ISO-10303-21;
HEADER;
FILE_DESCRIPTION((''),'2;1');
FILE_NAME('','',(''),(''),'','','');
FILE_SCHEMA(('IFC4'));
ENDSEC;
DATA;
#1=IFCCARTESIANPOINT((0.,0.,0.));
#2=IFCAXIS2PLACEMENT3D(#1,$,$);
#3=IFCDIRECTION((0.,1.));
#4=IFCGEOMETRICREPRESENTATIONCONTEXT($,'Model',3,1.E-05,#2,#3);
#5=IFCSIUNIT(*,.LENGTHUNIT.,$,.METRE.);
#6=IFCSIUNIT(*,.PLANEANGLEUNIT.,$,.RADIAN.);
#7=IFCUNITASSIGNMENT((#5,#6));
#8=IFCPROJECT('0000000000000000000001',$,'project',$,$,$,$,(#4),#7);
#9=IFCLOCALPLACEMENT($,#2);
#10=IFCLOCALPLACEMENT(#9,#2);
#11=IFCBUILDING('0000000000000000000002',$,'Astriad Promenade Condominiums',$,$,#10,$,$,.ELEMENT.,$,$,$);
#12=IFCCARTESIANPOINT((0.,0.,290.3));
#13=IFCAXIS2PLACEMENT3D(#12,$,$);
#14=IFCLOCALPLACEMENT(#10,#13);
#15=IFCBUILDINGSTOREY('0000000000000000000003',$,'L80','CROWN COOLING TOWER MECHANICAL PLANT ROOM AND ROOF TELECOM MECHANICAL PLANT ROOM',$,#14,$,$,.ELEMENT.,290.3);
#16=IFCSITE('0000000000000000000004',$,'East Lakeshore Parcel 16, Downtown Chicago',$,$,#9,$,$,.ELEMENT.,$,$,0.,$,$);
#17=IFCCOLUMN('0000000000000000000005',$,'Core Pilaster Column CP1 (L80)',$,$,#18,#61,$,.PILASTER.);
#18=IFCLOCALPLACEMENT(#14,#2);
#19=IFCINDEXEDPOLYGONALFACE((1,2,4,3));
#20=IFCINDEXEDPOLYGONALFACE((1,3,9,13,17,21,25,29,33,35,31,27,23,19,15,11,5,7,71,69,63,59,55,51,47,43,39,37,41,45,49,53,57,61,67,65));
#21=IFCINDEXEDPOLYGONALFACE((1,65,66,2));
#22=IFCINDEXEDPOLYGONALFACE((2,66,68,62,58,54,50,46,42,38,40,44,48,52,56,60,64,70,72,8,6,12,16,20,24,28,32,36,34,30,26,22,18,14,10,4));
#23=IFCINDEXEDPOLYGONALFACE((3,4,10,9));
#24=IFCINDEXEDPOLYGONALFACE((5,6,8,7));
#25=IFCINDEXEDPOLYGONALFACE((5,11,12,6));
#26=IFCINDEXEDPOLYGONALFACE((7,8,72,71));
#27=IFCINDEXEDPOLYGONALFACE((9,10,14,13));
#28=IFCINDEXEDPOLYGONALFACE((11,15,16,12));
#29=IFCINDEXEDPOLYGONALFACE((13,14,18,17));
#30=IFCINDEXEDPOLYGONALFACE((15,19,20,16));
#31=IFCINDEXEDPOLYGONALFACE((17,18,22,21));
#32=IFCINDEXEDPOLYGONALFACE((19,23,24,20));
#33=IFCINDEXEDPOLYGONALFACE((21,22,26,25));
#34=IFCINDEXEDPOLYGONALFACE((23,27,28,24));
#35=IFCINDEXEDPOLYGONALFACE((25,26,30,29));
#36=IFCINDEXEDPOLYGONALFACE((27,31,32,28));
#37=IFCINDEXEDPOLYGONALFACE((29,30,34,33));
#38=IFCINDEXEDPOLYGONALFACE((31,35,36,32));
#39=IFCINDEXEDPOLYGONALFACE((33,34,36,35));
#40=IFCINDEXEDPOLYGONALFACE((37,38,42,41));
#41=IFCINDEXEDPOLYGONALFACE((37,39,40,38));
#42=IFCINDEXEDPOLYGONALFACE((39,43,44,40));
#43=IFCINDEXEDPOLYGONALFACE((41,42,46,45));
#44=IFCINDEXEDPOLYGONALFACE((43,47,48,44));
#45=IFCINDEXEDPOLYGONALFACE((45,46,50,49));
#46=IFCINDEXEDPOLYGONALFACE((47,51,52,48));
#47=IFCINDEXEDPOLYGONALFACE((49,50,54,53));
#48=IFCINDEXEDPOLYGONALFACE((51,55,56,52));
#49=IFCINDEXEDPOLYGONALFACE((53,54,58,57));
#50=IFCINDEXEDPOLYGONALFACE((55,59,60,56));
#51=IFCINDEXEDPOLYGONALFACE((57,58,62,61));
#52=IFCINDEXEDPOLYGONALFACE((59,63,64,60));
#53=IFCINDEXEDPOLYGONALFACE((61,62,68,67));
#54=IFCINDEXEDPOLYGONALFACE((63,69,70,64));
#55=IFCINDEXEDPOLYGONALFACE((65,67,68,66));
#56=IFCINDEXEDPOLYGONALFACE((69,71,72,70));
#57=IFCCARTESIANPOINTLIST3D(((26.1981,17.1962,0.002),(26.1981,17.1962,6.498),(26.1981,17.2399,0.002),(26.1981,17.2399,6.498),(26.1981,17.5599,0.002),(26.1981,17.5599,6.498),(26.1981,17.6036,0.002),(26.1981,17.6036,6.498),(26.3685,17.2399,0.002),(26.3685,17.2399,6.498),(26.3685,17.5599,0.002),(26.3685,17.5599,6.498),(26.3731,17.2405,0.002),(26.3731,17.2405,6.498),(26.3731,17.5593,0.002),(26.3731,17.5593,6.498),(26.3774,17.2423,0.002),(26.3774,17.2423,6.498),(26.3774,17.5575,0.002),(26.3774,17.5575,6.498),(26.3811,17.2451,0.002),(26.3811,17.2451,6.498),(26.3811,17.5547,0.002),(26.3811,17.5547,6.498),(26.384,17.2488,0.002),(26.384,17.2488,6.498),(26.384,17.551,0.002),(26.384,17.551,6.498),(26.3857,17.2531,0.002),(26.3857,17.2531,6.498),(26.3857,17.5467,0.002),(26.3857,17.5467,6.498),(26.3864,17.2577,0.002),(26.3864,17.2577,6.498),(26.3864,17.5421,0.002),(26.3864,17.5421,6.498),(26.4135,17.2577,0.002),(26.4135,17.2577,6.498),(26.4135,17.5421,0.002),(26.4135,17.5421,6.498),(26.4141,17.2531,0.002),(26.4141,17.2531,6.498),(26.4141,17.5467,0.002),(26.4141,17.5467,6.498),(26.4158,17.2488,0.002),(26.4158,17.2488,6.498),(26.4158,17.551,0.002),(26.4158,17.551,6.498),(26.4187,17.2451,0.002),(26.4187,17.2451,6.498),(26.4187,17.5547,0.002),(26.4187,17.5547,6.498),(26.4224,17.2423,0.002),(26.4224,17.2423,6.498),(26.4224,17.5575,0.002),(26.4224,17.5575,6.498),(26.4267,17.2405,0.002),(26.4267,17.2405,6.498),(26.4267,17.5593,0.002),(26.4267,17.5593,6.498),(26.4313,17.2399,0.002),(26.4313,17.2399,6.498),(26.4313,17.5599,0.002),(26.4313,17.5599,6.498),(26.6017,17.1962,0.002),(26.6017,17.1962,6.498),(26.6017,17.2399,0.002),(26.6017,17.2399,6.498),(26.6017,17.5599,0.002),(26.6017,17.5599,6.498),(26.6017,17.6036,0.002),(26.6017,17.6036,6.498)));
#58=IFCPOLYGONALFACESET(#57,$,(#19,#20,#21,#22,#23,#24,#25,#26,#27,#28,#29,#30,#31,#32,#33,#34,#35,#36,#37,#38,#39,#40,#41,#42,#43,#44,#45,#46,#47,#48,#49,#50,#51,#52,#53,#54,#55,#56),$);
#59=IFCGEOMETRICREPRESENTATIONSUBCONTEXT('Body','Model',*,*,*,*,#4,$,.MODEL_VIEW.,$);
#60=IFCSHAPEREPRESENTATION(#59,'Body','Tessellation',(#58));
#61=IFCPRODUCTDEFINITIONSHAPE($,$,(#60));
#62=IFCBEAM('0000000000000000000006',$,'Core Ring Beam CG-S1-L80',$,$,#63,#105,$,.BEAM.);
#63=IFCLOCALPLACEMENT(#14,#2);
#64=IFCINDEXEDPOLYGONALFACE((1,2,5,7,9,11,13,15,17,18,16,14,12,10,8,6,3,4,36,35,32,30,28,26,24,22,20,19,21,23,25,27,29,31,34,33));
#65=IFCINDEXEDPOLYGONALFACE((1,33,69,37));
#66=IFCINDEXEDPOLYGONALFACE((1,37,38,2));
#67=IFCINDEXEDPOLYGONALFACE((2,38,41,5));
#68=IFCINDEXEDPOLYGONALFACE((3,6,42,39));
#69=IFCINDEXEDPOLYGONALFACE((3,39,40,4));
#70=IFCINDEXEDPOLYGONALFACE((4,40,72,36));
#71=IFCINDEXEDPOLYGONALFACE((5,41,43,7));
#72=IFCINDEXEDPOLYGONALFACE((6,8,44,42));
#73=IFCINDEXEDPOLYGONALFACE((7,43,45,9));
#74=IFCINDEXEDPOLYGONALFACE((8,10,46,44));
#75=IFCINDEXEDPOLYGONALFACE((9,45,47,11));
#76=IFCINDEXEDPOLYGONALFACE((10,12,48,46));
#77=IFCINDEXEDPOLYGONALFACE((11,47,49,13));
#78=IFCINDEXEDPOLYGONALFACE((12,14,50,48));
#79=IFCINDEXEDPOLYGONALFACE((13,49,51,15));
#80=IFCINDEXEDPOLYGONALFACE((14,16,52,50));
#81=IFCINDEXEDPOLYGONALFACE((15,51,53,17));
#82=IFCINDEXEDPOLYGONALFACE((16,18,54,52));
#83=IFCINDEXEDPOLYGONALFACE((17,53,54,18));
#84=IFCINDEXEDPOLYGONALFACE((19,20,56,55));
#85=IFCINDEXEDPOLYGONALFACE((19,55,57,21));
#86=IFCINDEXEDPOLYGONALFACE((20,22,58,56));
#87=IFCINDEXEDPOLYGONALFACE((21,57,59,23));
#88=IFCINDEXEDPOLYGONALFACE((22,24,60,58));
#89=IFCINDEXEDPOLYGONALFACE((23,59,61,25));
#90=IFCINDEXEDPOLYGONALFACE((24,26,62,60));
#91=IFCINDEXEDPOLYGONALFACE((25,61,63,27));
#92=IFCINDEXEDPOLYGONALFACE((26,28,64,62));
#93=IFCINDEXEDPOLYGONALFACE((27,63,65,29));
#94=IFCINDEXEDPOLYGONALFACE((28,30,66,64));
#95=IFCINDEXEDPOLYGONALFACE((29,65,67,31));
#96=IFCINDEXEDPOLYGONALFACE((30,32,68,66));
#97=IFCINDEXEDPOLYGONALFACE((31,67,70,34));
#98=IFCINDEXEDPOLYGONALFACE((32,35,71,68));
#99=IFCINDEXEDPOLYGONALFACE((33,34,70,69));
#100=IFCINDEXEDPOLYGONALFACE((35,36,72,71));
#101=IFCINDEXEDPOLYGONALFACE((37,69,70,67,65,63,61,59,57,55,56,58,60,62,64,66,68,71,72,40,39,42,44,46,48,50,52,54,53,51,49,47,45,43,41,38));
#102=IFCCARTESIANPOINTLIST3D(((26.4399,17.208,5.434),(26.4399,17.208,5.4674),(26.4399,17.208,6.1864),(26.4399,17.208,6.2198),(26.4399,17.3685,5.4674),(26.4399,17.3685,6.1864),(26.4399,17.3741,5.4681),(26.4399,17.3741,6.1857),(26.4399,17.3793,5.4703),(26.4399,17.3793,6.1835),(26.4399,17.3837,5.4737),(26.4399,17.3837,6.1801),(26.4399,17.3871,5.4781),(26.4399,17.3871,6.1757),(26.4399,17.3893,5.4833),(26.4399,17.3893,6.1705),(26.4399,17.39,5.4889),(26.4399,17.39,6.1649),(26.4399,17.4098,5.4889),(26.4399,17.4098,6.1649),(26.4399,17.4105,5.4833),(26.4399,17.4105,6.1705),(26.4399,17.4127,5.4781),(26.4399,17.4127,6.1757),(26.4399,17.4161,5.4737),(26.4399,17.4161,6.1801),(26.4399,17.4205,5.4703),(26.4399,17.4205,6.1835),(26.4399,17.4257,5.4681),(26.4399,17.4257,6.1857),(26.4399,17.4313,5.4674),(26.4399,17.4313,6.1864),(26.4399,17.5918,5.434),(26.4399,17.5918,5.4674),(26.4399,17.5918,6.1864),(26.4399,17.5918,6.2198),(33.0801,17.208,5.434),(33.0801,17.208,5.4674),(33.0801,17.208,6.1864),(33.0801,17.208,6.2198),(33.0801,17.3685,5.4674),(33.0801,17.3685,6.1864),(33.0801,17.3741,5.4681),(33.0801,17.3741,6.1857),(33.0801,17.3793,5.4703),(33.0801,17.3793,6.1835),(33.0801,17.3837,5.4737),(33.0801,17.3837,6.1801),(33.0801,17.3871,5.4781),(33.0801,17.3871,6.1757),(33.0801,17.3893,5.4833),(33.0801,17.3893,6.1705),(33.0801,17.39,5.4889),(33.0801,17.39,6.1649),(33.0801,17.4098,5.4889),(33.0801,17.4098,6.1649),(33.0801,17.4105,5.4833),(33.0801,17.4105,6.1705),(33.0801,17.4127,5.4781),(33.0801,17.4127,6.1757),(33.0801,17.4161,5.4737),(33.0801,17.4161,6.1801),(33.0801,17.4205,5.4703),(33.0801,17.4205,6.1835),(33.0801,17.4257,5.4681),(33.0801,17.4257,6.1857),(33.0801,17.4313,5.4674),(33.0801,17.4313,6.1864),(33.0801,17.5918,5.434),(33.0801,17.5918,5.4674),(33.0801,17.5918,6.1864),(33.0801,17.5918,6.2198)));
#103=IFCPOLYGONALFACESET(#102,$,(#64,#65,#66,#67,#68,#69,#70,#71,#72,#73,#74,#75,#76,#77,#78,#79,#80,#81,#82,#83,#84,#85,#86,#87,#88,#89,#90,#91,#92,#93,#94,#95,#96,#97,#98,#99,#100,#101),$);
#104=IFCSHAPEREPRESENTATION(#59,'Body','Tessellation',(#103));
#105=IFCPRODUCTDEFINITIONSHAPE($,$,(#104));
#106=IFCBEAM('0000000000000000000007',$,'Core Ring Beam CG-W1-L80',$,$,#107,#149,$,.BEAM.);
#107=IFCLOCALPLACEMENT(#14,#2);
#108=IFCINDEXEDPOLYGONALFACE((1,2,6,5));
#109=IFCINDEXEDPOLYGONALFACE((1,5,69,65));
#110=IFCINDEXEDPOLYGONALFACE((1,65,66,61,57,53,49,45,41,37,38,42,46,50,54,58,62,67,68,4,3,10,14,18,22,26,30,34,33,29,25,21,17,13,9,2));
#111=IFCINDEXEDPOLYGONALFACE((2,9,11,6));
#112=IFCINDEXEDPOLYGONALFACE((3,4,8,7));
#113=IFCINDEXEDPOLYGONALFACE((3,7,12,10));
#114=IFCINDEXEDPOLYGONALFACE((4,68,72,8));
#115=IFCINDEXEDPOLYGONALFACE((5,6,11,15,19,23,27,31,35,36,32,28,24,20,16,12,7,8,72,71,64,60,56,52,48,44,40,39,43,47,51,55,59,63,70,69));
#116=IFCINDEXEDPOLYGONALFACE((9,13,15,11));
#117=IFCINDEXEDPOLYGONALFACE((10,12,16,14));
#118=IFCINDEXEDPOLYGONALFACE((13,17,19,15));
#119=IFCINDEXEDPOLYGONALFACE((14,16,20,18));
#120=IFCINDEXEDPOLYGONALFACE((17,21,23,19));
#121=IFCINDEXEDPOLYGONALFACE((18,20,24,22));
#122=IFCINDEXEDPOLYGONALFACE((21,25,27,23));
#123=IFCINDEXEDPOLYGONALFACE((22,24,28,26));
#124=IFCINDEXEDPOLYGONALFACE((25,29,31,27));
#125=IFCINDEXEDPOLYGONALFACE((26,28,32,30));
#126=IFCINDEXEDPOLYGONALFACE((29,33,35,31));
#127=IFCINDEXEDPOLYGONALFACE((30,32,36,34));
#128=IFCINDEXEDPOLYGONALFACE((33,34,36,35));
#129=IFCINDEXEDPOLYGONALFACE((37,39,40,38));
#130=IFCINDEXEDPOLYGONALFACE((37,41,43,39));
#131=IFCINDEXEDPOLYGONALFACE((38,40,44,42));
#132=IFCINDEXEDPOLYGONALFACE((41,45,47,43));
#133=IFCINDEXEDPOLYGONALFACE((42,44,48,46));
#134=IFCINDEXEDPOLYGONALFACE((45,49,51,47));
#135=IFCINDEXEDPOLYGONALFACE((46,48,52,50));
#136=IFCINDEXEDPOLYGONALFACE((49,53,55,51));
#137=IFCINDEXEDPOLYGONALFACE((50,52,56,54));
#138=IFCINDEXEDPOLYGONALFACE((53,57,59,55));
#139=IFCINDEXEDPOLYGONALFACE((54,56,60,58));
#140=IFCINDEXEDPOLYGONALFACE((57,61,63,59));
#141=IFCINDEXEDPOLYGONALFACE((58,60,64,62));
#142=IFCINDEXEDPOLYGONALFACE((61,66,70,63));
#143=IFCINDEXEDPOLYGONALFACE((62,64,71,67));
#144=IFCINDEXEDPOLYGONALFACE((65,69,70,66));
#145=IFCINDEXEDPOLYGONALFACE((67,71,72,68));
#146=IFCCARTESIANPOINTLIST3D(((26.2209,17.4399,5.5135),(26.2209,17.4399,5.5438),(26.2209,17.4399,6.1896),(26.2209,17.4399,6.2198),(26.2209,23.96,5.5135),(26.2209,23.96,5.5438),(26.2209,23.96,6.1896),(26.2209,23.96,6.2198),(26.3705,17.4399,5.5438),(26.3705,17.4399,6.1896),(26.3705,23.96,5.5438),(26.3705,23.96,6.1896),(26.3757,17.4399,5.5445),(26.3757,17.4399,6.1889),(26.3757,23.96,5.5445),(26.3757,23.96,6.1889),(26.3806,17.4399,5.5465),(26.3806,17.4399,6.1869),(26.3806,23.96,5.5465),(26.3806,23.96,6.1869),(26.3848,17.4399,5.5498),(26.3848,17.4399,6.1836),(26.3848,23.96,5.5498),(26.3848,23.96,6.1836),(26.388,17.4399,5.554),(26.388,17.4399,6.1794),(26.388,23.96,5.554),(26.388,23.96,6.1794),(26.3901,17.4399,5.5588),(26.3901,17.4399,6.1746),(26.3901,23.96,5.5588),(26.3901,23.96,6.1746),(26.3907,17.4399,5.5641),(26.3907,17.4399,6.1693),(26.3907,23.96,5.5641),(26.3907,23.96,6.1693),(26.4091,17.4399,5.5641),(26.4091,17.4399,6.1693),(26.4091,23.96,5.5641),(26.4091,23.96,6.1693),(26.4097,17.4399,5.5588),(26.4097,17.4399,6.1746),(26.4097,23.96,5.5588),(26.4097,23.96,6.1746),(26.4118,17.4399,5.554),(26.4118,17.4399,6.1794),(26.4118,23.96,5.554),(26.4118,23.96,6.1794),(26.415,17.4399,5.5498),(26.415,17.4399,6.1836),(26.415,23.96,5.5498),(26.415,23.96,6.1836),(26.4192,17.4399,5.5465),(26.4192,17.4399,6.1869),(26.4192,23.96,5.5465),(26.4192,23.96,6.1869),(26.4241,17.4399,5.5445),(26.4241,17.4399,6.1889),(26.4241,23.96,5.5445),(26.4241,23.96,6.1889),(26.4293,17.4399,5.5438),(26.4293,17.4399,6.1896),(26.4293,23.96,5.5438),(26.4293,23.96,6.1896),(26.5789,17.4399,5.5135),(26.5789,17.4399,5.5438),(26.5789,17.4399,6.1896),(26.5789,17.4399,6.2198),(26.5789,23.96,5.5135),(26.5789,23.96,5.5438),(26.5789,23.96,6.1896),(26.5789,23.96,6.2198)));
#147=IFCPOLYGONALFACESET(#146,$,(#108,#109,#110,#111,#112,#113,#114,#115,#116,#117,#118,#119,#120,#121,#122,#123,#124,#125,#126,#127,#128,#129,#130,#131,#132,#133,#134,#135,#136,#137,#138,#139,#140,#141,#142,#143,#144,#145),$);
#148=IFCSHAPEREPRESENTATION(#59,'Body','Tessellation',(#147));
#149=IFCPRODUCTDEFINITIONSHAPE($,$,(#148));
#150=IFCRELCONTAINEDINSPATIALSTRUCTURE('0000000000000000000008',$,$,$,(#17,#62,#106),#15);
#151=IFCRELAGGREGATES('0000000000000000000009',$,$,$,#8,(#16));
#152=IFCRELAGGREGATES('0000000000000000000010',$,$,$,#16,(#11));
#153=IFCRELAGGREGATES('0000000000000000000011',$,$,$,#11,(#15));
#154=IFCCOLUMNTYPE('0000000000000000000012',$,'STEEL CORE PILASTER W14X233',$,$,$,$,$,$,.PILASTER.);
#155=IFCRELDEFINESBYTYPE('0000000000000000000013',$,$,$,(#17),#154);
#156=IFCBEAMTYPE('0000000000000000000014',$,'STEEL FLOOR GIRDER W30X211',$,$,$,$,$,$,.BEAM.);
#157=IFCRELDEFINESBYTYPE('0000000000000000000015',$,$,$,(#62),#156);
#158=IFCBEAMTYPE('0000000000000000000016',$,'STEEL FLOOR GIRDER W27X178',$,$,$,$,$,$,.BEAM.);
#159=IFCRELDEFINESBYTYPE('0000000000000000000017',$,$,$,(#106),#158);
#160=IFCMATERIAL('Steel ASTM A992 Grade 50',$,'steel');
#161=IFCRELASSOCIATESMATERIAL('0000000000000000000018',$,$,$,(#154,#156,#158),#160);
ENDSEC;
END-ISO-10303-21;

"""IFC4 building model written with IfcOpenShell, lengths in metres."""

from ifc_helpers import new_model, si_unit, direction, frame, origin, origin_2d, place, context, subcontext, project, spatial, i_section, extrude, source, transform, mapped, material, material_profile, profile_set, type_object, type_shapes, element, save


model = new_model("IFC4")

# Units and contexts
model_context = context("Model", 3, precision=1e-05, world=origin(), true_north=direction((0.0, 1.0)))
body_context = subcontext(model_context, "Body", "Model", "MODEL_VIEW")
ifc_project = project(units=[si_unit("LENGTHUNIT", "METRE"), si_unit("PLANEANGLEUNIT", "RADIAN")], contexts=[model_context])

# Site, building, storey
site_placement = place(None, origin())
site = spatial("IfcSite", under=ifc_project, at=site_placement, Name="East Lakeshore Parcel 16, Downtown Chicago", CompositionType="ELEMENT", RefElevation=0.0)
building_placement = place(site_placement, origin())
building = spatial("IfcBuilding", under=site, at=building_placement, Name="Astriad Promenade Condominiums", CompositionType="ELEMENT")
storey_placement = place(building_placement, frame((0.0, 0.0, 290.3)))
storey = spatial("IfcBuildingStorey", under=building, at=storey_placement, Name="L80", Description="CROWN COOLING TOWER MECHANICAL PLANT ROOM AND ROOF TELECOM MECHANICAL PLANT ROOM", CompositionType="ELEMENT", Elevation=290.3)

# Column
ifc_material_1 = material(Name="Steel ASTM A992 Grade 50", Category="steel")
ifc_material_profile_1 = material_profile(ifc_material_1, i_section(OverallWidth=0.4036, OverallDepth=0.4075, WebThickness=0.0271, FlangeThickness=0.0437, FilletRadius=0.0178, at=origin_2d()), Name="W14X233")
ifc_profile_set_1 = profile_set([ifc_material_profile_1], Name="Steel ASTM A992 Grade 50")
column_type = type_object("IfcColumnType", Name="STEEL CORE PILASTER W14X233", PredefinedType="PILASTER", material=ifc_profile_set_1)
shared_shape_1 = source(origin(), body_context, "Body", "SweptSolid", [
    extrude(i_section(OverallWidth=0.4036, OverallDepth=0.4075, WebThickness=0.0271, FlangeThickness=0.0437, FilletRadius=0.0178, at=origin_2d()), origin(), (0.0, 0.0, 1.0), 6.4961),
])
type_shapes(column_type, [shared_shape_1])
column_placement = place(storey_placement, frame((26.3999, 17.3999, 0.002), z_axis=(0.0, 0.0, 1.0), x_axis=(1.0, 0.0, 0.0)))
element("IfcColumn", 1, at=column_placement, inside=storey, type_object=column_type, Name="Core Pilaster Column CP1 (L80)", PredefinedType="PILASTER", context=body_context, shape_type="MappedRepresentation", body=[
    mapped(shared_shape_1, transform((0.0, 0.0, 0.0), scale=1.0)),
])

# Beams
ifc_material_profile_2 = material_profile(ifc_material_1, i_section(OverallWidth=0.3838, OverallDepth=0.7859, WebThickness=0.0198, FlangeThickness=0.0334, FilletRadius=0.0215, at=origin_2d()), Name="W30X211")
ifc_profile_set_2 = profile_set([ifc_material_profile_2], Name="Steel ASTM A992 Grade 50")
beam_type_1 = type_object("IfcBeamType", Name="STEEL FLOOR GIRDER W30X211", PredefinedType="BEAM", material=ifc_profile_set_2)
shared_shape_2 = source(origin(), body_context, "Body", "SweptSolid", [
    extrude(i_section(OverallWidth=0.3838, OverallDepth=0.7859, WebThickness=0.0198, FlangeThickness=0.0334, FilletRadius=0.0215, at=origin_2d()), origin(), (0.0, 0.0, 1.0), 6.6401),
])
type_shapes(beam_type_1, [shared_shape_2])
beam_1_placement = place(storey_placement, frame((26.4399, 17.3999, 5.8269), z_axis=(1.0, 0.0, 0.0), x_axis=(0.0, 1.0, 0.0)))
element("IfcBeam", 2, at=beam_1_placement, inside=storey, type_object=beam_type_1, Name="Core Ring Beam CG-S1-L80", PredefinedType="BEAM", context=body_context, shape_type="MappedRepresentation", body=[
    mapped(shared_shape_2, transform((0.0, 0.0, 0.0), scale=1.0)),
])
ifc_material_profile_3 = material_profile(ifc_material_1, i_section(OverallWidth=0.3579, OverallDepth=0.7063, WebThickness=0.0183, FlangeThickness=0.0303, FilletRadius=0.0203, at=origin_2d()), Name="W27X178")
ifc_profile_set_3 = profile_set([ifc_material_profile_3], Name="Steel ASTM A992 Grade 50")
beam_type_2 = type_object("IfcBeamType", Name="STEEL FLOOR GIRDER W27X178", PredefinedType="BEAM", material=ifc_profile_set_3)
shared_shape_3 = source(origin(), body_context, "Body", "SweptSolid", [
    extrude(i_section(OverallWidth=0.3579, OverallDepth=0.7063, WebThickness=0.0183, FlangeThickness=0.0303, FilletRadius=0.0203, at=origin_2d()), origin(), (0.0, 0.0, 1.0), 6.52),
])
type_shapes(beam_type_2, [shared_shape_3])
beam_2_placement = place(storey_placement, frame((26.3999, 17.4399, 5.8667), z_axis=(0.0, 1.0, 0.0), x_axis=(-1.0, 0.0, 0.0)))
element("IfcBeam", 3, at=beam_2_placement, inside=storey, type_object=beam_type_2, Name="Core Ring Beam CG-W1-L80", PredefinedType="BEAM", context=body_context, shape_type="MappedRepresentation", body=[
    mapped(shared_shape_3, transform((0.0, 0.0, 0.0), scale=1.0)),
])

save(model, "model.ifc")
